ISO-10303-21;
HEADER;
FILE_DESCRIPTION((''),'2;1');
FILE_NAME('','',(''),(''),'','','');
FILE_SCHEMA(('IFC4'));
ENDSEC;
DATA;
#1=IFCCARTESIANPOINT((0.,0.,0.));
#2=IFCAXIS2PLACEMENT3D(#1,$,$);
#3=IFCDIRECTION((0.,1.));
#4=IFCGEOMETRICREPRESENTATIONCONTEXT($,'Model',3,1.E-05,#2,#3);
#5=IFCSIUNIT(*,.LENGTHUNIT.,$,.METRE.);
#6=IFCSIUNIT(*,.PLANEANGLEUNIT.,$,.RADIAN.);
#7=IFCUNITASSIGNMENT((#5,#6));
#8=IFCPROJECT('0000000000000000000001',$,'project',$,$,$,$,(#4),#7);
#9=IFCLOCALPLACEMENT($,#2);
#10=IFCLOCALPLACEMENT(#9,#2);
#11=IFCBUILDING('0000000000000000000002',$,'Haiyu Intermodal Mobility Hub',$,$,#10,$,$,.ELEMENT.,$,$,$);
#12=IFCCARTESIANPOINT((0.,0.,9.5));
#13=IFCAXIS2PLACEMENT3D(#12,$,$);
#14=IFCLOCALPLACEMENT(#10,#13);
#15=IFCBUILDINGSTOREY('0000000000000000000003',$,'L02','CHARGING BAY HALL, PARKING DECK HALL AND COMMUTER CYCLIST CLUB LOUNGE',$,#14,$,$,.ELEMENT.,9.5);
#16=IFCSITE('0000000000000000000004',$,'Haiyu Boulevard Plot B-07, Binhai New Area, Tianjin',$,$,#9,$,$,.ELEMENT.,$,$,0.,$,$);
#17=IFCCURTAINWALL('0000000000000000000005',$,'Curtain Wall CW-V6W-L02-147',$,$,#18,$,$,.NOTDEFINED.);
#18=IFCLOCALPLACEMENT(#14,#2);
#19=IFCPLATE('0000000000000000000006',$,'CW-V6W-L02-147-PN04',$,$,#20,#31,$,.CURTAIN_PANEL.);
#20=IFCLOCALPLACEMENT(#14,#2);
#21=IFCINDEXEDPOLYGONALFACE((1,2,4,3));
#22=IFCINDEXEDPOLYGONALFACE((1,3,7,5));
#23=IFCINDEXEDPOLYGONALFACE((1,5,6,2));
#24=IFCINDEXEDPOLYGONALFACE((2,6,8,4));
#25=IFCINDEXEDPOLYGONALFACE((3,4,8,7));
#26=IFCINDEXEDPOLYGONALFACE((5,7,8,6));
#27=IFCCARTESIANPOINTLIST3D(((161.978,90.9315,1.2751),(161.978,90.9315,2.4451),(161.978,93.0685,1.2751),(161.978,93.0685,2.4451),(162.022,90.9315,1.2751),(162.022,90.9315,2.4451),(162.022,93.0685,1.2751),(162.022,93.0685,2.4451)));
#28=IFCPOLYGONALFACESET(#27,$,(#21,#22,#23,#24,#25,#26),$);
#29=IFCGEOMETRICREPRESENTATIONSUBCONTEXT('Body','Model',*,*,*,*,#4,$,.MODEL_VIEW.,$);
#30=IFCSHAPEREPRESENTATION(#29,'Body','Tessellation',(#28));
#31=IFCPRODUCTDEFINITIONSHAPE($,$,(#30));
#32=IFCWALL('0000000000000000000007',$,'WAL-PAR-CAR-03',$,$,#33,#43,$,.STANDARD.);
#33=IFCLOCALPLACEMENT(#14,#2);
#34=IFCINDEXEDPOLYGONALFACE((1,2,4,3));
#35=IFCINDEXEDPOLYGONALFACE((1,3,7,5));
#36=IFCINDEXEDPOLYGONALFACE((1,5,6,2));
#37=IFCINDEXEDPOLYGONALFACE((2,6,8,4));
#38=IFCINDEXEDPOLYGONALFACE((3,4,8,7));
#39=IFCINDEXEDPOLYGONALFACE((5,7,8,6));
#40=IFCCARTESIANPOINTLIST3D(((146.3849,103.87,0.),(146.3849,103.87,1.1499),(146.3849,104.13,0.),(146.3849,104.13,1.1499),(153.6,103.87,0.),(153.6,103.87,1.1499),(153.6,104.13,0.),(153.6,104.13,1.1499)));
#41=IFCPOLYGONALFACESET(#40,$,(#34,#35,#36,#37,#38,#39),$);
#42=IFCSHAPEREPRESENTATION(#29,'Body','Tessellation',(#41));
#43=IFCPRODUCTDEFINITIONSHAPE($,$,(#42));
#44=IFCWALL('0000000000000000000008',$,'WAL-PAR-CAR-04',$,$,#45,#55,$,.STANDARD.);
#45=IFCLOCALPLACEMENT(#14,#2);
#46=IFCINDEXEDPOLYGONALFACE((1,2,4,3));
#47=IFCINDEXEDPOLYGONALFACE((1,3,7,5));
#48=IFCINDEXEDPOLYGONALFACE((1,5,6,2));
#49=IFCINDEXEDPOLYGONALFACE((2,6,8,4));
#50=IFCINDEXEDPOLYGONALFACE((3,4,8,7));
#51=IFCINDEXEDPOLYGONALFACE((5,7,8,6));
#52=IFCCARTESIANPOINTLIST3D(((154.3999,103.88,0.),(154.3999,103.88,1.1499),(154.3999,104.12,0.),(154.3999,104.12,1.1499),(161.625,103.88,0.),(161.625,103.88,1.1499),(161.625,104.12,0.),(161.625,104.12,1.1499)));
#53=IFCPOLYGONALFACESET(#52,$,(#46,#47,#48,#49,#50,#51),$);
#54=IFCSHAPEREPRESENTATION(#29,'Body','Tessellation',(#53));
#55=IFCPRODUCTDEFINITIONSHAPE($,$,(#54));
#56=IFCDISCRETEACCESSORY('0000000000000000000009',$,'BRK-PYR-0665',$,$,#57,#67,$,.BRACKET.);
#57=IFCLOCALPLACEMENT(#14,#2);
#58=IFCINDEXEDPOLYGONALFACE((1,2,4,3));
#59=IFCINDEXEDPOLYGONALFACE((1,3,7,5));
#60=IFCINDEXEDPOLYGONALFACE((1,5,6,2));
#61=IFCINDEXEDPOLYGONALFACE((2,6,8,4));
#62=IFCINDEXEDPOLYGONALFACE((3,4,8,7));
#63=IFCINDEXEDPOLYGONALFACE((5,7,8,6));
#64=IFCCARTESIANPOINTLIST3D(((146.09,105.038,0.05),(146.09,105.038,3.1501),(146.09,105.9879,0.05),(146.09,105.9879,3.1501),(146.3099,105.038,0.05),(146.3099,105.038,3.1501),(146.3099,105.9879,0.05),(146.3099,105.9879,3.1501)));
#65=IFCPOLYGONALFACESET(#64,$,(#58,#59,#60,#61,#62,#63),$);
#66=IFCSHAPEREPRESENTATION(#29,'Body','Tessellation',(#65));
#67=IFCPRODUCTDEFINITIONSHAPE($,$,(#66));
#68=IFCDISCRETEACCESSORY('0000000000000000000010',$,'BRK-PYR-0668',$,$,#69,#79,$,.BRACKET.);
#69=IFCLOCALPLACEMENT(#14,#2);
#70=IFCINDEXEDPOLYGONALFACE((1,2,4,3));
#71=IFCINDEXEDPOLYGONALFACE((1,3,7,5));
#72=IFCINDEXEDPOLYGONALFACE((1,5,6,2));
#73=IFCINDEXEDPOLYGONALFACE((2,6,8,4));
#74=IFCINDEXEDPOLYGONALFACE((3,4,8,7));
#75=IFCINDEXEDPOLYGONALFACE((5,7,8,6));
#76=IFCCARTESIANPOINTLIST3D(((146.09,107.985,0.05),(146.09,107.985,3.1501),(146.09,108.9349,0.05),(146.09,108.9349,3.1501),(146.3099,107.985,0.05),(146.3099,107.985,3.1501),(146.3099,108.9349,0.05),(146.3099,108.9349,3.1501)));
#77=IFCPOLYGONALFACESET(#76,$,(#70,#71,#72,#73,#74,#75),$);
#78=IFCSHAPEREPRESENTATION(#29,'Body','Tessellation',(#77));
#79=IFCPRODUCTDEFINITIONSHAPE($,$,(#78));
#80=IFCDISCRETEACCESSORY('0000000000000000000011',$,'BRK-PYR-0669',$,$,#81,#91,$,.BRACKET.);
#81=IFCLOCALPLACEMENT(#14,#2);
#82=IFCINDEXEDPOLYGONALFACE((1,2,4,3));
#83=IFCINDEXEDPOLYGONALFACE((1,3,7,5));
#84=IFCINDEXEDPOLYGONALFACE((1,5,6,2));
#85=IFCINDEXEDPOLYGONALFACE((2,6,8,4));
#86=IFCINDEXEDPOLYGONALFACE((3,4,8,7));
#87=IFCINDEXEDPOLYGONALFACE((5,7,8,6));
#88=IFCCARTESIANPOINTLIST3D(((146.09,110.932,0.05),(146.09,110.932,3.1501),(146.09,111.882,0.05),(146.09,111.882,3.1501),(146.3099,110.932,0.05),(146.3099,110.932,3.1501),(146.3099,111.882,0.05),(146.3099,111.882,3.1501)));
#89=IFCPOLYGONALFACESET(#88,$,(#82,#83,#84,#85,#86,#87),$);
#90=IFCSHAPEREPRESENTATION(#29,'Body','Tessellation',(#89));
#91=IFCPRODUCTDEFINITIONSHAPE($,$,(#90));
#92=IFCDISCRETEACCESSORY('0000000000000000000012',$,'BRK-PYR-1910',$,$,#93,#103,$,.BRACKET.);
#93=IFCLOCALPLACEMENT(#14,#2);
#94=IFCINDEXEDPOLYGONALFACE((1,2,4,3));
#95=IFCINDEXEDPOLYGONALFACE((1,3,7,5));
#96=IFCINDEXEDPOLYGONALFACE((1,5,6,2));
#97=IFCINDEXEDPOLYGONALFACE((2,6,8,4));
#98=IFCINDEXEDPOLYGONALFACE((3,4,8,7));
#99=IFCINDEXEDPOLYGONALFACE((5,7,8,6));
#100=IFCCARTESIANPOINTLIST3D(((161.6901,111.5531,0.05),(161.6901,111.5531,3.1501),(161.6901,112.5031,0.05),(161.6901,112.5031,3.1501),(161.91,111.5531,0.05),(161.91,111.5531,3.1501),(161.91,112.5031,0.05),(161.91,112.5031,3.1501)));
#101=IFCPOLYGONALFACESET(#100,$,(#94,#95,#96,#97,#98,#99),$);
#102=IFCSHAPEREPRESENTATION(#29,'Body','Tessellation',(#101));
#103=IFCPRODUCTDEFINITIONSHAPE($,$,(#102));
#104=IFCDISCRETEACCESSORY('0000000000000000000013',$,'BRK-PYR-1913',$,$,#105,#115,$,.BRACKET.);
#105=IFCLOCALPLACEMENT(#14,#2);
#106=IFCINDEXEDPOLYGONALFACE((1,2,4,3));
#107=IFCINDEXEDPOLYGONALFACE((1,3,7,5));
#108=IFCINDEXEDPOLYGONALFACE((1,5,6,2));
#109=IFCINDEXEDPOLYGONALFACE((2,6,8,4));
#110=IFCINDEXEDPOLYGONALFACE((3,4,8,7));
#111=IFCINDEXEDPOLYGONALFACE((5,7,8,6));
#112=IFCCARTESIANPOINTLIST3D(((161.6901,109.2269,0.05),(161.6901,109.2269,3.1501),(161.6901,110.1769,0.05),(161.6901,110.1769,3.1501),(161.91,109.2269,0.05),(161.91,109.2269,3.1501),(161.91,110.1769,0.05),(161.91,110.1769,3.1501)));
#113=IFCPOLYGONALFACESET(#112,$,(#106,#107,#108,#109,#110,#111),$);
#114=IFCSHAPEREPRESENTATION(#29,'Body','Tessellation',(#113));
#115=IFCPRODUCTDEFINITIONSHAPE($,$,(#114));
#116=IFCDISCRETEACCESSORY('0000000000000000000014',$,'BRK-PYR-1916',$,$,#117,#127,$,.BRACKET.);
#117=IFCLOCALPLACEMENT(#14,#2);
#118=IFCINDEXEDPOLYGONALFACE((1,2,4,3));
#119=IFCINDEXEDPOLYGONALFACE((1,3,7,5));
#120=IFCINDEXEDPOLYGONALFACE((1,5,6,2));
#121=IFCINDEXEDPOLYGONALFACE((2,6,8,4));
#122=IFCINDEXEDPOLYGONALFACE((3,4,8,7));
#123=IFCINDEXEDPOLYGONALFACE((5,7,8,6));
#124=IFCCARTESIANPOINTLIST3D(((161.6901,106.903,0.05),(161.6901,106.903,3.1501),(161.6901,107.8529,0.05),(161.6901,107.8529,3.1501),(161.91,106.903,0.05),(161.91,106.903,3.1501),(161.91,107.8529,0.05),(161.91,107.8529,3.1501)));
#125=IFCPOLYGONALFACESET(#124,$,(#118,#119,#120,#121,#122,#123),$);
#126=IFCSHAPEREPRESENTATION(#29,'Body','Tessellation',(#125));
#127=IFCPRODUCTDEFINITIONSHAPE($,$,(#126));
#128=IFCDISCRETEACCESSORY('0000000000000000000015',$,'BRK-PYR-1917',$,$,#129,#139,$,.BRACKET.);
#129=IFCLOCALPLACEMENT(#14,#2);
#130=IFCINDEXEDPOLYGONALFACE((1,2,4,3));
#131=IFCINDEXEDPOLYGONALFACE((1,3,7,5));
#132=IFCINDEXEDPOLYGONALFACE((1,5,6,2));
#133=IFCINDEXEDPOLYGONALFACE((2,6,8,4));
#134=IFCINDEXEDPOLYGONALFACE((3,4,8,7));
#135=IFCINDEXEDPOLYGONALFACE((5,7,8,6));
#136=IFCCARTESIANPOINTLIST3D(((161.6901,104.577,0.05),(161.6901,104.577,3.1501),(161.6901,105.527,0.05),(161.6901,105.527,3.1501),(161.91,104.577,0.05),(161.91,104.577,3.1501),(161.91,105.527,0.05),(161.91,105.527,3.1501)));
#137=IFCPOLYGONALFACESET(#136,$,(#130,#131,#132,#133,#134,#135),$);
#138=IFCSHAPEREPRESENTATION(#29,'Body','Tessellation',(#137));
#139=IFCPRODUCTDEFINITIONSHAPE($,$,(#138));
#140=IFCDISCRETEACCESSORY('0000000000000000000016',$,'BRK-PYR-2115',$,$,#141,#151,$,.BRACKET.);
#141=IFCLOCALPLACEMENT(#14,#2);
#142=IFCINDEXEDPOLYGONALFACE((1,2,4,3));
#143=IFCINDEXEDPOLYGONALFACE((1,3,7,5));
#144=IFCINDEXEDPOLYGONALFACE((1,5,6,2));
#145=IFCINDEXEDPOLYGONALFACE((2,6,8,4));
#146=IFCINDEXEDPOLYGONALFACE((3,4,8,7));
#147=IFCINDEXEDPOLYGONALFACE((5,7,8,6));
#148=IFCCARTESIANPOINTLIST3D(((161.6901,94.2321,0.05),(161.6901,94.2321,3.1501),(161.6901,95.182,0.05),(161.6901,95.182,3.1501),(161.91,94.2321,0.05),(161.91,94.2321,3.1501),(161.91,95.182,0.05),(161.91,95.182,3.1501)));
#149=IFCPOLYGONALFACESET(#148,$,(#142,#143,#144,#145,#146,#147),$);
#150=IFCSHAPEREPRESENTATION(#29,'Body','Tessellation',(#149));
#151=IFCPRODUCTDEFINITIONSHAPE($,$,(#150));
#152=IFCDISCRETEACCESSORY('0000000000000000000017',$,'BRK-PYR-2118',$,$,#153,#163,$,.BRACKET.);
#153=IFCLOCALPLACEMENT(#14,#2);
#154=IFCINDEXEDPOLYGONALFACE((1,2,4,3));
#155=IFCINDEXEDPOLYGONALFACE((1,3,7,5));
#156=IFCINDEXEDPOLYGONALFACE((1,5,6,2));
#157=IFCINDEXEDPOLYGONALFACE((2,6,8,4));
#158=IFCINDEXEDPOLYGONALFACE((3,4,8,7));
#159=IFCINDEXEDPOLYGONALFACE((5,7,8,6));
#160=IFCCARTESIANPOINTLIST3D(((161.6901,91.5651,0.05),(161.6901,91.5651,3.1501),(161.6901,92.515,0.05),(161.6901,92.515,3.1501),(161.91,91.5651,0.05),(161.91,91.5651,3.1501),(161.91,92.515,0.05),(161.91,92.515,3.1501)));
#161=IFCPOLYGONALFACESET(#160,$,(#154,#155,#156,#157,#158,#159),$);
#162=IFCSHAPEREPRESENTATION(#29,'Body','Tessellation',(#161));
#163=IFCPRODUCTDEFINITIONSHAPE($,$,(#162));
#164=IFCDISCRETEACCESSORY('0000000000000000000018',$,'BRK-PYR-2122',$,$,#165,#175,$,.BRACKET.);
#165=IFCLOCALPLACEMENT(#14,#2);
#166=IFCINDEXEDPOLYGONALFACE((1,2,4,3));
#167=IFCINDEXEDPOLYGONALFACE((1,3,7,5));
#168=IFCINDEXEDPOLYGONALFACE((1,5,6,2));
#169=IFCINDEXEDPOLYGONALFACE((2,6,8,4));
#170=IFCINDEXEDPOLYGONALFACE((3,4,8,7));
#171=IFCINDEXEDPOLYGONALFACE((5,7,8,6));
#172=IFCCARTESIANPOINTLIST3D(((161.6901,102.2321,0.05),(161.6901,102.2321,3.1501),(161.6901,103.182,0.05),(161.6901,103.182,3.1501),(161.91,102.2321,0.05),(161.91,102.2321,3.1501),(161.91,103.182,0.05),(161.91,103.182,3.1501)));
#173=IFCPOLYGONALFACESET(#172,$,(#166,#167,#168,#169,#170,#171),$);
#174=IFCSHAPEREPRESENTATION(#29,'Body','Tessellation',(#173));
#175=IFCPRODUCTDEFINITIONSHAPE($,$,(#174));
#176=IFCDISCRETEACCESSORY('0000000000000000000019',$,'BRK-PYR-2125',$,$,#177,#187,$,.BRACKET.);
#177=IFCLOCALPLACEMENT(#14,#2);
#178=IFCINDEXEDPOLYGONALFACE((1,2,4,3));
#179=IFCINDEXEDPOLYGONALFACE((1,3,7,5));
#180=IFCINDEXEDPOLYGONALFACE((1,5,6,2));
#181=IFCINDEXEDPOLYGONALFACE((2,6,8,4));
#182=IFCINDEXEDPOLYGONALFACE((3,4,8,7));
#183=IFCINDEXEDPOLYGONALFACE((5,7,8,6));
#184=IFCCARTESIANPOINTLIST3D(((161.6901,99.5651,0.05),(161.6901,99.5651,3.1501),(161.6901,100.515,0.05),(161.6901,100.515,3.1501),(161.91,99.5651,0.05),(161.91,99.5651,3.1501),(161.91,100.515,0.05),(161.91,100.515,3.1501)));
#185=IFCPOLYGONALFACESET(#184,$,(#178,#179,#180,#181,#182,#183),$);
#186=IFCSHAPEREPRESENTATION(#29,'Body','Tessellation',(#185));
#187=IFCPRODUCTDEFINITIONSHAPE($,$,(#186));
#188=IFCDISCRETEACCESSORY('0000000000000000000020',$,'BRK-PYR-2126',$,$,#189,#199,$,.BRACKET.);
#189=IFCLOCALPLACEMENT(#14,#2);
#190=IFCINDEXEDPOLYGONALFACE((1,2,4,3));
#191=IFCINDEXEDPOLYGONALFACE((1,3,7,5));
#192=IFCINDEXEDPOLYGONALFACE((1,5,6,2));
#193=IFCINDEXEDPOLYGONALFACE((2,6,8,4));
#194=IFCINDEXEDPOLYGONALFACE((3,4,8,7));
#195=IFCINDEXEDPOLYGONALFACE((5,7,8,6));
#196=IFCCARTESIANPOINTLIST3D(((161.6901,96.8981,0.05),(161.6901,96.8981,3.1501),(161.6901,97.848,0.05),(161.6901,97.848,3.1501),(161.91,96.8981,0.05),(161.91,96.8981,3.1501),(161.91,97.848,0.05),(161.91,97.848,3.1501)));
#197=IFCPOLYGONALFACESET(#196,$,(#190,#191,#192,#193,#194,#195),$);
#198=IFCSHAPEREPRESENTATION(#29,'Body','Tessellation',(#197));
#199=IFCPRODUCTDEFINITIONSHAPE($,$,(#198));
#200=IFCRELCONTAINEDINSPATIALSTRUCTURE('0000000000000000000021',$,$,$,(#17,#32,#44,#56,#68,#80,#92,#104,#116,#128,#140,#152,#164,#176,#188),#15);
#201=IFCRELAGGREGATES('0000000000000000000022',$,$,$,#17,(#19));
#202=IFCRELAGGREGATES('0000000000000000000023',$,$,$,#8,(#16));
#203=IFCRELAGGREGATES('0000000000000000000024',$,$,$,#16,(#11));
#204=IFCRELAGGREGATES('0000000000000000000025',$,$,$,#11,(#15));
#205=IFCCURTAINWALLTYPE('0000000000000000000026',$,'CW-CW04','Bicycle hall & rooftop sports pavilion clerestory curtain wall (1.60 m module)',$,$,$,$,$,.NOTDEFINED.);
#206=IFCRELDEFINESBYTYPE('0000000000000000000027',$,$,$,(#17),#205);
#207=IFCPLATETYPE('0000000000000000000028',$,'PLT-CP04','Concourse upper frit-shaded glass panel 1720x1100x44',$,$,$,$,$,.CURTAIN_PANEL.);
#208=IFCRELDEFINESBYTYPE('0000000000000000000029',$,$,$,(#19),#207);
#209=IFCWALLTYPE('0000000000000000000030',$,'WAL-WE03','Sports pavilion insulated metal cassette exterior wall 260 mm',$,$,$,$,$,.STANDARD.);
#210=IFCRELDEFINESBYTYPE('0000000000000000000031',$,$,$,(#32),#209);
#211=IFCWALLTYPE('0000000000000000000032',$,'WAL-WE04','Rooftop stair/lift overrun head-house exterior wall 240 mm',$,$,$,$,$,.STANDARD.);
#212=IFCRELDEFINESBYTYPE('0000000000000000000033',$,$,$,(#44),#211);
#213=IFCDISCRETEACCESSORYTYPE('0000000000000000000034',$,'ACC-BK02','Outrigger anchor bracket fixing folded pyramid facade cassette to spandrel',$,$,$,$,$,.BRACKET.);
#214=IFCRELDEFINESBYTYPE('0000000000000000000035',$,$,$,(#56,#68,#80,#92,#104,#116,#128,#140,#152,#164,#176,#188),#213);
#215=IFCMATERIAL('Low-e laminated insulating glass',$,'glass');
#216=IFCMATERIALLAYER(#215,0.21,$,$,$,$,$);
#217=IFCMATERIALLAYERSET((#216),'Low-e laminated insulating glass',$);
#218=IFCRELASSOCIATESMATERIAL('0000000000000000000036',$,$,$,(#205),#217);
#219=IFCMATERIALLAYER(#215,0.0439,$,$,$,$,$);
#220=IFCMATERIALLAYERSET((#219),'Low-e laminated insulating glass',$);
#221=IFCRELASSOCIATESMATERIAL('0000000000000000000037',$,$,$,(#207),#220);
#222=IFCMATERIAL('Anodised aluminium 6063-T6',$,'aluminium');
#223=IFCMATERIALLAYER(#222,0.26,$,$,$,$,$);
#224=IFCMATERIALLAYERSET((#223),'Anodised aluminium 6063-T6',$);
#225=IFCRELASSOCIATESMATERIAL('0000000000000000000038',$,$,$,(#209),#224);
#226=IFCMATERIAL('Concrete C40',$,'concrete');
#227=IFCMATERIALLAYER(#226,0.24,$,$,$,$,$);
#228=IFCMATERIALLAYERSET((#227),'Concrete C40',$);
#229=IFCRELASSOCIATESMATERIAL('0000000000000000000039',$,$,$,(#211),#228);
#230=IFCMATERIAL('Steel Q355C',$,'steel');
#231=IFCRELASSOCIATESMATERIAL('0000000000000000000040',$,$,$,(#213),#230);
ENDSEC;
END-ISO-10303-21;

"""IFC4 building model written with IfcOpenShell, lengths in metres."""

from ifc_helpers import new_model, si_unit, direction, frame, frame_2d, origin, origin_2d, place, context, subcontext, project, spatial, rectangle, extrude, material, layer, layer_set, type_object, element, aggregate, save


model = new_model("IFC4")

# Units and contexts
model_context = context("Model", 3, precision=1e-05, world=origin(), true_north=direction((0.0, 1.0)))
body_context = subcontext(model_context, "Body", "Model", "MODEL_VIEW")
ifc_project = project(units=[si_unit("LENGTHUNIT", "METRE"), si_unit("PLANEANGLEUNIT", "RADIAN")], contexts=[model_context])

# Site, building, storey
site_placement = place(None, origin())
site = spatial("IfcSite", under=ifc_project, at=site_placement, Name="Haiyu Boulevard Plot B-07, Binhai New Area, Tianjin", CompositionType="ELEMENT", RefElevation=0.0)
building_placement = place(site_placement, origin())
building = spatial("IfcBuilding", under=site, at=building_placement, Name="Haiyu Intermodal Mobility Hub", CompositionType="ELEMENT")
storey_placement = place(building_placement, frame((0.0, 0.0, 9.5)))
storey = spatial("IfcBuildingStorey", under=building, at=storey_placement, Name="L02", Description="CHARGING BAY HALL, PARKING DECK HALL AND COMMUTER CYCLIST CLUB LOUNGE", CompositionType="ELEMENT", Elevation=9.5)

# Shared definitions
ifc_material_1 = material(Name="Concrete C40", Category="concrete")

# Curtain wall
ifc_material_2 = material(Name="Low-e laminated insulating glass", Category="glass")
ifc_layer_1 = layer(ifc_material_2, 0.21)
ifc_layer_set_1 = layer_set([ifc_layer_1], Name="Low-e laminated insulating glass")
curtain_wall_type = type_object("IfcCurtainWallType", Name="CW-CW04", Description="Bicycle hall & rooftop sports pavilion clerestory curtain wall (1.60 m module)", PredefinedType="NOTDEFINED", material=ifc_layer_set_1)
curtain_wall_1_placement = place(storey_placement, origin())
curtain_wall_1 = element("IfcCurtainWall", 1, at=curtain_wall_1_placement, inside=storey, type_object=curtain_wall_type, Name="Curtain Wall CW-V6W-L02-147", PredefinedType="NOTDEFINED")
ifc_material_3 = material(Name="Anodised aluminium 6063-T6", Category="aluminium")

# Plate
ifc_layer_2 = layer(ifc_material_2, 0.0439)
ifc_layer_set_2 = layer_set([ifc_layer_2], Name="Low-e laminated insulating glass")
plate_type_1 = type_object("IfcPlateType", Name="PLT-CP04", Description="Concourse upper frit-shaded glass panel 1720x1100x44", PredefinedType="CURTAIN_PANEL", material=ifc_layer_set_2)
plate_1_placement = place(storey_placement, frame((162.0, 92.0, 1.2751), z_axis=(0.0, 0.0, 1.0), x_axis=(0.0, -1.0, 0.0)))
plate_1 = element("IfcPlate", 2, at=plate_1_placement, type_object=plate_type_1, Name="CW-V6W-L02-147-PN04", PredefinedType="CURTAIN_PANEL", context=body_context, shape_type="SweptSolid", body=[
    extrude(rectangle(XDim=2.137, YDim=0.0439, at=origin_2d()), origin(), (0.0, 0.0, 1.0), 1.1699),
])
aggregate(curtain_wall_1, [plate_1])

# Walls
ifc_layer_3 = layer(ifc_material_3, 0.26)
ifc_layer_set_3 = layer_set([ifc_layer_3], Name="Anodised aluminium 6063-T6")
wall_type_1 = type_object("IfcWallType", Name="WAL-WE03", Description="Sports pavilion insulated metal cassette exterior wall 260 mm", PredefinedType="STANDARD", material=ifc_layer_set_3)
wall_1_placement = place(storey_placement, frame((146.385, 104.0, 0.0), z_axis=(0.0, 0.0, 1.0), x_axis=(1.0, 0.0, 0.0)))
element("IfcWall", 3, at=wall_1_placement, inside=storey, type_object=wall_type_1, Name="WAL-PAR-CAR-03", PredefinedType="STANDARD", context=body_context, shape_type="SweptSolid", body=[
    extrude(rectangle(XDim=7.2151, YDim=0.26, at=frame_2d((3.6074, 0.0))), origin(), (0.0, 0.0, 1.0), 1.1499),
])
ifc_layer_4 = layer(ifc_material_1, 0.24)
ifc_layer_set_4 = layer_set([ifc_layer_4], Name="Concrete C40")
wall_type_2 = type_object("IfcWallType", Name="WAL-WE04", Description="Rooftop stair/lift overrun head-house exterior wall 240 mm", PredefinedType="STANDARD", material=ifc_layer_set_4)
wall_2_placement = place(storey_placement, frame((154.3999, 104.0, 0.0), z_axis=(0.0, 0.0, 1.0), x_axis=(1.0, 0.0, 0.0)))
element("IfcWall", 4, at=wall_2_placement, inside=storey, type_object=wall_type_2, Name="WAL-PAR-CAR-04", PredefinedType="STANDARD", context=body_context, shape_type="SweptSolid", body=[
    extrude(rectangle(XDim=7.2251, YDim=0.24, at=frame_2d((3.6125, 0.0))), origin(), (0.0, 0.0, 1.0), 1.1499),
])

# Shared definitions
ifc_material_4 = material(Name="Steel Q355C", Category="steel")

# Discrete accessories
discrete_accessory_type = type_object("IfcDiscreteAccessoryType", Name="ACC-BK02", Description="Outrigger anchor bracket fixing folded pyramid facade cassette to spandrel", PredefinedType="BRACKET", material=ifc_material_4)
for number, where, z_axis, x_axis, name in (
    (5, (146.2, 105.5129, 0.05), (0.0, 0.0, 1.0), (1.0, 0.0, 0.0), "BRK-PYR-0665"),
    (6, (146.2, 108.46, 0.05), (0.0, 0.0, 1.0), (1.0, 0.0, 0.0), "BRK-PYR-0668"),
    (7, (146.2, 111.407, 0.05), (0.0, 0.0, 1.0), (1.0, 0.0, 0.0), "BRK-PYR-0669"),
    (8, (161.8, 112.0281, 0.05), (0.0, 0.0, 1.0), (1.0, 0.0, 0.0), "BRK-PYR-1910"),
    (9, (161.8, 109.7019, 0.05), (0.0, 0.0, 1.0), (1.0, 0.0, 0.0), "BRK-PYR-1913"),
    (10, (161.8, 107.3779, 0.05), (0.0, 0.0, 1.0), (1.0, 0.0, 0.0), "BRK-PYR-1916"),
    (11, (161.8, 105.052, 0.05), (0.0, 0.0, 1.0), (1.0, 0.0, 0.0), "BRK-PYR-1917"),
    (12, (161.8, 94.707, 0.05), (0.0, 0.0, 1.0), (1.0, 0.0, 0.0), "BRK-PYR-2115"),
    (13, (161.8, 92.04, 0.05), (0.0, 0.0, 1.0), (1.0, 0.0, 0.0), "BRK-PYR-2118"),
    (14, (161.8, 102.707, 0.05), (0.0, 0.0, 1.0), (1.0, 0.0, 0.0), "BRK-PYR-2122"),
    (15, (161.8, 100.04, 0.05), (0.0, 0.0, 1.0), (1.0, 0.0, 0.0), "BRK-PYR-2125"),
    (16, (161.8, 97.373, 0.05), (0.0, 0.0, 1.0), (1.0, 0.0, 0.0), "BRK-PYR-2126"),
):
    element("IfcDiscreteAccessory", number, at=place(storey_placement, frame(where, z_axis=z_axis, x_axis=x_axis)), inside=storey, type_object=discrete_accessory_type, Name=name, PredefinedType="BRACKET", context=body_context, shape_type="SweptSolid", body=[
        extrude(rectangle(XDim=0.22, YDim=0.95, at=origin_2d()), origin(), (0.0, 0.0, 1.0), 3.1001),
    ])

save(model, "model.ifc")
